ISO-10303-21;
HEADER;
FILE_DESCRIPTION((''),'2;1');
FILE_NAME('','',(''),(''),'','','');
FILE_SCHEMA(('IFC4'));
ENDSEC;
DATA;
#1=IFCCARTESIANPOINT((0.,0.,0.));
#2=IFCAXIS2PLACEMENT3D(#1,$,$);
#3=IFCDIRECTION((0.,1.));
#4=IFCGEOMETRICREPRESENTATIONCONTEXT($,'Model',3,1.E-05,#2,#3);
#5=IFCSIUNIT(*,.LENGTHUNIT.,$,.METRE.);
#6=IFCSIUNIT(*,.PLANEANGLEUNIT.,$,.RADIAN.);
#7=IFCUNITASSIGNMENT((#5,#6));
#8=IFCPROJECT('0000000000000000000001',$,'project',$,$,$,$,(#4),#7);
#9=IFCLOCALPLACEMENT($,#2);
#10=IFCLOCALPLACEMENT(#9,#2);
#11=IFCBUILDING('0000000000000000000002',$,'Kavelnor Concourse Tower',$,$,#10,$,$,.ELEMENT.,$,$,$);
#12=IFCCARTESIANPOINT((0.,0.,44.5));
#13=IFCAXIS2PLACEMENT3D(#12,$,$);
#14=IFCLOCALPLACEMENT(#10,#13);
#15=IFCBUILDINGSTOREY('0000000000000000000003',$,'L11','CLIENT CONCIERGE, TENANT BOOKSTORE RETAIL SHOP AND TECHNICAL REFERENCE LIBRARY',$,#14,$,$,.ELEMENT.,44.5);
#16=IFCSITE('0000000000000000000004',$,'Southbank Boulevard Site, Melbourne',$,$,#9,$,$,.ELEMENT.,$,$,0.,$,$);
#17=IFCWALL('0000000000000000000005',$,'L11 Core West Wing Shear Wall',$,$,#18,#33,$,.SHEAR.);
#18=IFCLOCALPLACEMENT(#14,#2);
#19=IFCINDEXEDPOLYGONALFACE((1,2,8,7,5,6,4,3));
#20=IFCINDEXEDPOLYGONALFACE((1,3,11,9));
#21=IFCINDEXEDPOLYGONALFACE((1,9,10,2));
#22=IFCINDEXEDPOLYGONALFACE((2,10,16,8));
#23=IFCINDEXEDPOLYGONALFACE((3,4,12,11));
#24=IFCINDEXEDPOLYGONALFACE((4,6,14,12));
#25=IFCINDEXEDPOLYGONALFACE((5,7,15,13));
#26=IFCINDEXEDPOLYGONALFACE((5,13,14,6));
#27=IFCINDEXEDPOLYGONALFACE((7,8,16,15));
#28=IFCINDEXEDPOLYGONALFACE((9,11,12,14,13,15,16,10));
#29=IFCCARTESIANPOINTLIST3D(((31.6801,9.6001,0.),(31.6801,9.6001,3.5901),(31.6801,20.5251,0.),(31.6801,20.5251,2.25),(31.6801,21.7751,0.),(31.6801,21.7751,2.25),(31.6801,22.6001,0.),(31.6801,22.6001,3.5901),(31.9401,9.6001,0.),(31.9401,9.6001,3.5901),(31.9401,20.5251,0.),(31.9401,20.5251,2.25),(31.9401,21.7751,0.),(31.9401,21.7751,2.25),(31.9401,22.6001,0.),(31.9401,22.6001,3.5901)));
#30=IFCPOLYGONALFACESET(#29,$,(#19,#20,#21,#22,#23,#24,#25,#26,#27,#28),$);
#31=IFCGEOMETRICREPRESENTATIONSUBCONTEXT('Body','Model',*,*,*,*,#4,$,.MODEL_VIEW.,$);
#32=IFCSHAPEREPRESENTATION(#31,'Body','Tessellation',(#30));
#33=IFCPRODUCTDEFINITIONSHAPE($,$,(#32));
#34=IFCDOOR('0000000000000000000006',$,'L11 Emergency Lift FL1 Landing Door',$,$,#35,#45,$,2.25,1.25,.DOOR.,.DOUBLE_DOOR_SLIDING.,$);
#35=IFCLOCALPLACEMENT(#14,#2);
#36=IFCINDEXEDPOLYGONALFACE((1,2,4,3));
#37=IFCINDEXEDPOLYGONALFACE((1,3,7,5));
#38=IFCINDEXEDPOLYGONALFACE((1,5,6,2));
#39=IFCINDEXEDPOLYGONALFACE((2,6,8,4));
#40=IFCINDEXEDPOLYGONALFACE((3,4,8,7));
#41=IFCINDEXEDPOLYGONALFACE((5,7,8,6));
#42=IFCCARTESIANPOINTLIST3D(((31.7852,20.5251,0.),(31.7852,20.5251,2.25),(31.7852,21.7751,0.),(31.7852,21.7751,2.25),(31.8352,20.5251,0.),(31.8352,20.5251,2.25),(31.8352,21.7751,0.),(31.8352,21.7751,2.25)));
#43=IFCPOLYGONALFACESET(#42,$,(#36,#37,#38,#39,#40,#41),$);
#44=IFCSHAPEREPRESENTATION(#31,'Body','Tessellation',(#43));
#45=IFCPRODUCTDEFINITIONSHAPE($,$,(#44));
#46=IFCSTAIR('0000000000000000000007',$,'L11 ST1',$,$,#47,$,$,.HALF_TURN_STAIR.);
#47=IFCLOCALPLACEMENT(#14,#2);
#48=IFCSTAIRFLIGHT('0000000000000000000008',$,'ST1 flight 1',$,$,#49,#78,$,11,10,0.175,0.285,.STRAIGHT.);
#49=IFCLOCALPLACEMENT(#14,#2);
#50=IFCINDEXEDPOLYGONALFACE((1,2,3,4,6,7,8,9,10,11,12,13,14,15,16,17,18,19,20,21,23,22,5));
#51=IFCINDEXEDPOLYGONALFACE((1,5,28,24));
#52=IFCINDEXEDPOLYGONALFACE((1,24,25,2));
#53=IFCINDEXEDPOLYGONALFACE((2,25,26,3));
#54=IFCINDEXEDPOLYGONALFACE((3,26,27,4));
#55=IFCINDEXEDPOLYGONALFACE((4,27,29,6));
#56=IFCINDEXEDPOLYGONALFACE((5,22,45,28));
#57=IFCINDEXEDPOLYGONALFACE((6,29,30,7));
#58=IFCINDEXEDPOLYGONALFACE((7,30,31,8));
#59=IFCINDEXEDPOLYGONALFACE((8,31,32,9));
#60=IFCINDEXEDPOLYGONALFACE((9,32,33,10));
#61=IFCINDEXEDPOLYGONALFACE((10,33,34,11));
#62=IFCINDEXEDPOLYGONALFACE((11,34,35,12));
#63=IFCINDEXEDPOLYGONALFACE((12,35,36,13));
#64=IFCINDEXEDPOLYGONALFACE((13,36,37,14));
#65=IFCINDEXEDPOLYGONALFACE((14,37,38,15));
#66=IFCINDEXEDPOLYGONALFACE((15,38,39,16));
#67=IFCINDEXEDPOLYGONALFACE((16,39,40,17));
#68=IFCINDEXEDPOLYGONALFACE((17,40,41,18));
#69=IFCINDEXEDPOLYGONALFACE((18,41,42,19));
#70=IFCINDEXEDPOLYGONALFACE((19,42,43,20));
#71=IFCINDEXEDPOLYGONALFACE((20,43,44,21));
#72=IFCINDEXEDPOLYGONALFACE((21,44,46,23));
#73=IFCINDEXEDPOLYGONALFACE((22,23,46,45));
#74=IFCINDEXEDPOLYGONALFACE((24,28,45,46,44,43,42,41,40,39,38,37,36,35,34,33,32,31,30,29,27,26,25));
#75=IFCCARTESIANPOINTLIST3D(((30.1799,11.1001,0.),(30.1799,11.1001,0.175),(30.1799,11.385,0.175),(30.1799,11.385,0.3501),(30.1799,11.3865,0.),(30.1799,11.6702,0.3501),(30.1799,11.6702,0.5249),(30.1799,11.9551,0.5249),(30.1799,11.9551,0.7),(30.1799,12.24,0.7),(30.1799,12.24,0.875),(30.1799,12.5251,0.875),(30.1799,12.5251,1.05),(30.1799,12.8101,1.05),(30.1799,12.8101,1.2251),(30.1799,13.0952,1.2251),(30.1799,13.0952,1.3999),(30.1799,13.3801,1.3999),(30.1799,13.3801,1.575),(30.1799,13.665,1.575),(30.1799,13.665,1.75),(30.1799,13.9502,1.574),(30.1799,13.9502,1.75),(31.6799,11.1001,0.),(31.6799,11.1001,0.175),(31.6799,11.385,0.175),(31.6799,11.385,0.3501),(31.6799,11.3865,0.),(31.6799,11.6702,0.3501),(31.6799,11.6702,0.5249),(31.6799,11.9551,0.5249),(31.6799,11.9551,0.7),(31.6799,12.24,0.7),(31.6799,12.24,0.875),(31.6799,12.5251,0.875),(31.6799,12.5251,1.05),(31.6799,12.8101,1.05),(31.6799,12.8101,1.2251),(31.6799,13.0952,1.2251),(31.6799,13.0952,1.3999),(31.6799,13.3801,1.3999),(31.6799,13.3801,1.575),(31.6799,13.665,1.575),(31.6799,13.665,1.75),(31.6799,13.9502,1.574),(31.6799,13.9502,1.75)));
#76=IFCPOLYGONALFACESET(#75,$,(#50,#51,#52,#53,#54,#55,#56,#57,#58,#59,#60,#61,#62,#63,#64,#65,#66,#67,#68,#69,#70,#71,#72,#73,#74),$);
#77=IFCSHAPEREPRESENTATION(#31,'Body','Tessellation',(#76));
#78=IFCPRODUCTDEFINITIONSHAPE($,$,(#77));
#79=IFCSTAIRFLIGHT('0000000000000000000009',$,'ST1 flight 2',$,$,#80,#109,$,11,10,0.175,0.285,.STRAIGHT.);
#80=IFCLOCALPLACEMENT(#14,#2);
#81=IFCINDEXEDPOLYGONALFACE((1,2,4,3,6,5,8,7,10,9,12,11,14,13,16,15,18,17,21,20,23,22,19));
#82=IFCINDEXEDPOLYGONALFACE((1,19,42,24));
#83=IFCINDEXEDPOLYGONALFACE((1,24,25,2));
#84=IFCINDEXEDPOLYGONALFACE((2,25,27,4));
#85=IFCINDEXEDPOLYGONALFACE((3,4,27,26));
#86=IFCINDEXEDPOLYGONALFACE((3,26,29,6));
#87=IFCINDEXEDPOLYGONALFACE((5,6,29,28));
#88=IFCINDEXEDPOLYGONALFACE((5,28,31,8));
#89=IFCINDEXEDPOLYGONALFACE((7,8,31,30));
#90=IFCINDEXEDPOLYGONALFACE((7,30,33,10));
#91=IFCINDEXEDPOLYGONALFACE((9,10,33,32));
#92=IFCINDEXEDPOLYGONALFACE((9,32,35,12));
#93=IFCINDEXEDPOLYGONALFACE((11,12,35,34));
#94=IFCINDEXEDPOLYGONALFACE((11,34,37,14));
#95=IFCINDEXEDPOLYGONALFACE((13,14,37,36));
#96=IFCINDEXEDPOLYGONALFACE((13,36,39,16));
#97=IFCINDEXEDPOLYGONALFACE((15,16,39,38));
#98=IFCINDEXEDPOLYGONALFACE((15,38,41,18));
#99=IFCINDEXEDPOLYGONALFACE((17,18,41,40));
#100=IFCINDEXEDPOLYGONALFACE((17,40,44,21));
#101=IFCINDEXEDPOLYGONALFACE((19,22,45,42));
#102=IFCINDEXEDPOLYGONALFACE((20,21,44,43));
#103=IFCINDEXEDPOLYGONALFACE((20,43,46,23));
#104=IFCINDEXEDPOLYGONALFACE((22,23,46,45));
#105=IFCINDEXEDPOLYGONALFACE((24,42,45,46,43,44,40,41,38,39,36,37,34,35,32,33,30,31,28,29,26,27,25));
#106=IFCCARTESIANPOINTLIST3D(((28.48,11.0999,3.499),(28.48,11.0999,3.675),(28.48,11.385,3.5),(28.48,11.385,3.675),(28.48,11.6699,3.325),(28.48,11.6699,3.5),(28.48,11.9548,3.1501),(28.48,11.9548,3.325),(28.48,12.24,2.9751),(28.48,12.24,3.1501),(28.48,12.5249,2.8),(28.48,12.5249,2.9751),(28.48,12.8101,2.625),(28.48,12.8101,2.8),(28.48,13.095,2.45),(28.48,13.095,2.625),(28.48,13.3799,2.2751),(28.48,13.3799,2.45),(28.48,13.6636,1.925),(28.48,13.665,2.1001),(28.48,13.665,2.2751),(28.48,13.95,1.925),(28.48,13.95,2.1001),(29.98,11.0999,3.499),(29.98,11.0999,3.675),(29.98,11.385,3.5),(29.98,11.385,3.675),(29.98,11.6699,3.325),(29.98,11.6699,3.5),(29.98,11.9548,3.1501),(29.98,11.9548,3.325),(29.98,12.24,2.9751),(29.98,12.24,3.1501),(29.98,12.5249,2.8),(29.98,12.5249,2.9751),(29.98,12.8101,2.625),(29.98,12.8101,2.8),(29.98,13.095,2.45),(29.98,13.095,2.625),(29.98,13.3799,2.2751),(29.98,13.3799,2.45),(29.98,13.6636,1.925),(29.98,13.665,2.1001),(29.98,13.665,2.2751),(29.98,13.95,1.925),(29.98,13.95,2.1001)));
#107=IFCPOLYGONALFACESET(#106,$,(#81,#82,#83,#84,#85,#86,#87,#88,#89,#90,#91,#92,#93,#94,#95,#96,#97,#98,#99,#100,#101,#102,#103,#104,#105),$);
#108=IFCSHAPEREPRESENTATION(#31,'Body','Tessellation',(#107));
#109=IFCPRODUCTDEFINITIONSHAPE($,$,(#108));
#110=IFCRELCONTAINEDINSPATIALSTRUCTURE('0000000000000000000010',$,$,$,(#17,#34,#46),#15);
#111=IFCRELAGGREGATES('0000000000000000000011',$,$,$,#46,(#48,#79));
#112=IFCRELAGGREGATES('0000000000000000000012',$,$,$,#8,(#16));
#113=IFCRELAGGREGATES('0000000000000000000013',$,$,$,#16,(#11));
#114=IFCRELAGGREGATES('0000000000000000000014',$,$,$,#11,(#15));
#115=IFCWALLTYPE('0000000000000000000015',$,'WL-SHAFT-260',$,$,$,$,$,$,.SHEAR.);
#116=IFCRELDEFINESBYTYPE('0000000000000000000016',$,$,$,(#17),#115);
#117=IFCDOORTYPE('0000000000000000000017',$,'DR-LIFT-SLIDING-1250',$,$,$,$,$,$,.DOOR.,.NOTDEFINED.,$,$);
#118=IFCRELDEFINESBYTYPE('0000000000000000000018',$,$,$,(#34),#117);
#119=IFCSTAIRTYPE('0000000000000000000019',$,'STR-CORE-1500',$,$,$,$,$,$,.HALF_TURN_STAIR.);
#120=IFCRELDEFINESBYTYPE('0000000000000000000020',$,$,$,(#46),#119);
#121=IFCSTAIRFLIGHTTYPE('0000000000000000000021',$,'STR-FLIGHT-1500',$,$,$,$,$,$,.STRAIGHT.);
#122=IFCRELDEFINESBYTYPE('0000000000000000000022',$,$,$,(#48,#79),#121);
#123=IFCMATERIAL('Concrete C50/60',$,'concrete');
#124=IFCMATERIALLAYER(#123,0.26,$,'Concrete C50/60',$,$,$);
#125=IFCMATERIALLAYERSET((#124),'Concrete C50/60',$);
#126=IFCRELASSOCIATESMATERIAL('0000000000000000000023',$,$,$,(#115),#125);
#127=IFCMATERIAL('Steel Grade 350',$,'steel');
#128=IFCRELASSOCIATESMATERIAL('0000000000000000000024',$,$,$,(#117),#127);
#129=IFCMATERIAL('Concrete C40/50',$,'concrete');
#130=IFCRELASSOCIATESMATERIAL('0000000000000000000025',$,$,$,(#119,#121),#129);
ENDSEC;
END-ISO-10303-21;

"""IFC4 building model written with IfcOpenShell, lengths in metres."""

from ifc_helpers import new_model, si_unit, direction, frame, frame_2d, origin, place, context, subcontext, project, spatial, polyline, rectangle, outline, extrude, material, layer, layer_set, type_object, element, fill, aggregate, save


model = new_model("IFC4")

# Units and contexts
model_context = context("Model", 3, precision=1e-05, world=origin(), true_north=direction((0.0, 1.0)))
body_context = subcontext(model_context, "Body", "Model", "MODEL_VIEW")
ifc_project = project(units=[si_unit("LENGTHUNIT", "METRE"), si_unit("PLANEANGLEUNIT", "RADIAN")], contexts=[model_context])

# Site, building, storey
site_placement = place(None, origin())
site = spatial("IfcSite", under=ifc_project, at=site_placement, Name="Southbank Boulevard Site, Melbourne", CompositionType="ELEMENT", RefElevation=0.0)
building_placement = place(site_placement, origin())
building = spatial("IfcBuilding", under=site, at=building_placement, Name="Kavelnor Concourse Tower", CompositionType="ELEMENT")
storey_placement = place(building_placement, frame((0.0, 0.0, 44.5)))
storey = spatial("IfcBuildingStorey", under=building, at=storey_placement, Name="L11", Description="CLIENT CONCIERGE, TENANT BOOKSTORE RETAIL SHOP AND TECHNICAL REFERENCE LIBRARY", CompositionType="ELEMENT", Elevation=44.5)

# Shared definitions
ifc_material_1 = material(Name="Steel Grade 350", Category="steel")

# Shared definitions
ifc_material_2 = material(Name="Concrete C50/60", Category="concrete")

# Wall, opening, door
ifc_layer_1 = layer(ifc_material_2, 0.26, Name="Concrete C50/60")
ifc_layer_set_1 = layer_set([ifc_layer_1], Name="Concrete C50/60")
wall_type_1 = type_object("IfcWallType", Name="WL-SHAFT-260", PredefinedType="SHEAR", material=ifc_layer_set_1)
wall_1_placement = place(storey_placement, frame((31.8101, 9.6001, 0.0), z_axis=(0.0, 0.0, 1.0), x_axis=(0.0, 1.0, 0.0)))
wall_1 = element("IfcWall", 1, at=wall_1_placement, inside=storey, type_object=wall_type_1, Name="L11 Core West Wing Shear Wall", PredefinedType="SHEAR", context=body_context, shape_type="SweptSolid", body=[
    extrude(rectangle(XDim=13.0, YDim=0.26, at=frame_2d((6.5, 0.0))), origin(), (0.0, 0.0, 1.0), 3.5901),
])
opening_1_placement = place(wall_1_placement, frame((10.925, 0.0, 0.0)))
opening_1 = element("IfcOpeningElement", 2, at=opening_1_placement, cuts=wall_1, PredefinedType="OPENING", context=body_context, shape_type="SweptSolid", body=[
    extrude(rectangle(XDim=1.25, YDim=2.25, at=frame_2d((0.625, 1.125))), frame((0.0, 0.1401, 0.0), z_axis=(0.0, -1.0, 0.0), x_axis=(1.0, 0.0, 0.0)), (0.0, 0.0, 1.0), 0.28),
])
door_type_1 = type_object("IfcDoorType", Name="DR-LIFT-SLIDING-1250", OperationType="NOTDEFINED", PredefinedType="DOOR", material=ifc_material_1)
door_1_placement = place(opening_1_placement, origin())
door_1 = element("IfcDoor", 3, at=door_1_placement, inside=storey, type_object=door_type_1, Name="L11 Emergency Lift FL1 Landing Door", OperationType="DOUBLE_DOOR_SLIDING", OverallHeight=2.25, OverallWidth=1.25, PredefinedType="DOOR", context=body_context, shape_type="SweptSolid", body=[
    extrude(rectangle(XDim=1.25, YDim=2.25, at=frame_2d((0.625, 1.125))), frame((0.0, 0.0249, 0.0), z_axis=(0.0, -1.0, 0.0), x_axis=(1.0, 0.0, 0.0)), (0.0, 0.0, 1.0), 0.05),
])
fill(opening_1, door_1)

# Stair, stair flights
ifc_material_3 = material(Name="Concrete C40/50", Category="concrete")
stair_type = type_object("IfcStairType", Name="STR-CORE-1500", PredefinedType="HALF_TURN_STAIR", material=ifc_material_3)
stair_placement = place(storey_placement, origin())
stair = element("IfcStair", 4, at=stair_placement, inside=storey, type_object=stair_type, Name="L11 ST1", PredefinedType="HALF_TURN_STAIR")
stair_flight_type = type_object("IfcStairFlightType", Name="STR-FLIGHT-1500", PredefinedType="STRAIGHT", material=ifc_material_3)
stair_flight_1_placement = place(storey_placement, frame((30.9299, 11.1001, 0.0), z_axis=(0.0, 0.0, 1.0), x_axis=(0.0, 1.0, 0.0)))
stair_flight_1 = element("IfcStairFlight", 5, at=stair_flight_1_placement, type_object=stair_flight_type, Name="ST1 flight 1", NumberOfRisers=11, NumberOfTreads=10, PredefinedType="STRAIGHT", RiserHeight=0.175, TreadLength=0.285, context=body_context, shape_type="SweptSolid", body=[
    extrude(outline(polyline([(0.0, 0.0), (0.0, 0.175), (0.2849, 0.175), (0.2849, 0.3501), (0.5701, 0.3501), (0.5701, 0.5249), (0.855, 0.5249), (0.855, 0.7), (1.1399, 0.7), (1.1399, 0.875), (1.425, 0.875), (1.425, 1.05), (1.71, 1.05), (1.71, 1.2251), (1.9951, 1.2251), (1.9951, 1.3999), (2.28, 1.3999), (2.28, 1.575), (2.5649, 1.575), (2.5649, 1.75), (2.8501, 1.75), (2.8501, 1.925), (2.8501, 1.574), (0.2864, 0.0), (0.0, 0.0)])), frame((0.0, 0.75, 0.0), z_axis=(0.0, -1.0, 0.0), x_axis=(1.0, 0.0, 0.0)), (0.0, 0.0, 1.0), 1.5),
])
stair_flight_2_placement = place(storey_placement, frame((29.23, 13.95, 1.925), z_axis=(0.0, 0.0, 1.0), x_axis=(0.0, -1.0, 0.0)))
stair_flight_2 = element("IfcStairFlight", 6, at=stair_flight_2_placement, type_object=stair_flight_type, Name="ST1 flight 2", NumberOfRisers=11, NumberOfTreads=10, PredefinedType="STRAIGHT", RiserHeight=0.175, TreadLength=0.285, context=body_context, shape_type="SweptSolid", body=[
    extrude(outline(polyline([(0.0, 0.0), (0.0, 0.175), (0.2849, 0.175), (0.2849, 0.3501), (0.5701, 0.3501), (0.5701, 0.5249), (0.855, 0.5249), (0.855, 0.7), (1.1399, 0.7), (1.1399, 0.875), (1.425, 0.875), (1.425, 1.05), (1.71, 1.05), (1.71, 1.2251), (1.9951, 1.2251), (1.9951, 1.3999), (2.28, 1.3999), (2.28, 1.575), (2.5649, 1.575), (2.5649, 1.75), (2.8501, 1.75), (2.8501, 1.925), (2.8501, 1.574), (0.2864, 0.0), (0.0, 0.0)])), frame((0.0, 0.75, 0.0), z_axis=(0.0, -1.0, 0.0), x_axis=(1.0, 0.0, 0.0)), (0.0, 0.0, 1.0), 1.5),
])
aggregate(stair, [stair_flight_1, stair_flight_2])

save(model, "model.ifc")
